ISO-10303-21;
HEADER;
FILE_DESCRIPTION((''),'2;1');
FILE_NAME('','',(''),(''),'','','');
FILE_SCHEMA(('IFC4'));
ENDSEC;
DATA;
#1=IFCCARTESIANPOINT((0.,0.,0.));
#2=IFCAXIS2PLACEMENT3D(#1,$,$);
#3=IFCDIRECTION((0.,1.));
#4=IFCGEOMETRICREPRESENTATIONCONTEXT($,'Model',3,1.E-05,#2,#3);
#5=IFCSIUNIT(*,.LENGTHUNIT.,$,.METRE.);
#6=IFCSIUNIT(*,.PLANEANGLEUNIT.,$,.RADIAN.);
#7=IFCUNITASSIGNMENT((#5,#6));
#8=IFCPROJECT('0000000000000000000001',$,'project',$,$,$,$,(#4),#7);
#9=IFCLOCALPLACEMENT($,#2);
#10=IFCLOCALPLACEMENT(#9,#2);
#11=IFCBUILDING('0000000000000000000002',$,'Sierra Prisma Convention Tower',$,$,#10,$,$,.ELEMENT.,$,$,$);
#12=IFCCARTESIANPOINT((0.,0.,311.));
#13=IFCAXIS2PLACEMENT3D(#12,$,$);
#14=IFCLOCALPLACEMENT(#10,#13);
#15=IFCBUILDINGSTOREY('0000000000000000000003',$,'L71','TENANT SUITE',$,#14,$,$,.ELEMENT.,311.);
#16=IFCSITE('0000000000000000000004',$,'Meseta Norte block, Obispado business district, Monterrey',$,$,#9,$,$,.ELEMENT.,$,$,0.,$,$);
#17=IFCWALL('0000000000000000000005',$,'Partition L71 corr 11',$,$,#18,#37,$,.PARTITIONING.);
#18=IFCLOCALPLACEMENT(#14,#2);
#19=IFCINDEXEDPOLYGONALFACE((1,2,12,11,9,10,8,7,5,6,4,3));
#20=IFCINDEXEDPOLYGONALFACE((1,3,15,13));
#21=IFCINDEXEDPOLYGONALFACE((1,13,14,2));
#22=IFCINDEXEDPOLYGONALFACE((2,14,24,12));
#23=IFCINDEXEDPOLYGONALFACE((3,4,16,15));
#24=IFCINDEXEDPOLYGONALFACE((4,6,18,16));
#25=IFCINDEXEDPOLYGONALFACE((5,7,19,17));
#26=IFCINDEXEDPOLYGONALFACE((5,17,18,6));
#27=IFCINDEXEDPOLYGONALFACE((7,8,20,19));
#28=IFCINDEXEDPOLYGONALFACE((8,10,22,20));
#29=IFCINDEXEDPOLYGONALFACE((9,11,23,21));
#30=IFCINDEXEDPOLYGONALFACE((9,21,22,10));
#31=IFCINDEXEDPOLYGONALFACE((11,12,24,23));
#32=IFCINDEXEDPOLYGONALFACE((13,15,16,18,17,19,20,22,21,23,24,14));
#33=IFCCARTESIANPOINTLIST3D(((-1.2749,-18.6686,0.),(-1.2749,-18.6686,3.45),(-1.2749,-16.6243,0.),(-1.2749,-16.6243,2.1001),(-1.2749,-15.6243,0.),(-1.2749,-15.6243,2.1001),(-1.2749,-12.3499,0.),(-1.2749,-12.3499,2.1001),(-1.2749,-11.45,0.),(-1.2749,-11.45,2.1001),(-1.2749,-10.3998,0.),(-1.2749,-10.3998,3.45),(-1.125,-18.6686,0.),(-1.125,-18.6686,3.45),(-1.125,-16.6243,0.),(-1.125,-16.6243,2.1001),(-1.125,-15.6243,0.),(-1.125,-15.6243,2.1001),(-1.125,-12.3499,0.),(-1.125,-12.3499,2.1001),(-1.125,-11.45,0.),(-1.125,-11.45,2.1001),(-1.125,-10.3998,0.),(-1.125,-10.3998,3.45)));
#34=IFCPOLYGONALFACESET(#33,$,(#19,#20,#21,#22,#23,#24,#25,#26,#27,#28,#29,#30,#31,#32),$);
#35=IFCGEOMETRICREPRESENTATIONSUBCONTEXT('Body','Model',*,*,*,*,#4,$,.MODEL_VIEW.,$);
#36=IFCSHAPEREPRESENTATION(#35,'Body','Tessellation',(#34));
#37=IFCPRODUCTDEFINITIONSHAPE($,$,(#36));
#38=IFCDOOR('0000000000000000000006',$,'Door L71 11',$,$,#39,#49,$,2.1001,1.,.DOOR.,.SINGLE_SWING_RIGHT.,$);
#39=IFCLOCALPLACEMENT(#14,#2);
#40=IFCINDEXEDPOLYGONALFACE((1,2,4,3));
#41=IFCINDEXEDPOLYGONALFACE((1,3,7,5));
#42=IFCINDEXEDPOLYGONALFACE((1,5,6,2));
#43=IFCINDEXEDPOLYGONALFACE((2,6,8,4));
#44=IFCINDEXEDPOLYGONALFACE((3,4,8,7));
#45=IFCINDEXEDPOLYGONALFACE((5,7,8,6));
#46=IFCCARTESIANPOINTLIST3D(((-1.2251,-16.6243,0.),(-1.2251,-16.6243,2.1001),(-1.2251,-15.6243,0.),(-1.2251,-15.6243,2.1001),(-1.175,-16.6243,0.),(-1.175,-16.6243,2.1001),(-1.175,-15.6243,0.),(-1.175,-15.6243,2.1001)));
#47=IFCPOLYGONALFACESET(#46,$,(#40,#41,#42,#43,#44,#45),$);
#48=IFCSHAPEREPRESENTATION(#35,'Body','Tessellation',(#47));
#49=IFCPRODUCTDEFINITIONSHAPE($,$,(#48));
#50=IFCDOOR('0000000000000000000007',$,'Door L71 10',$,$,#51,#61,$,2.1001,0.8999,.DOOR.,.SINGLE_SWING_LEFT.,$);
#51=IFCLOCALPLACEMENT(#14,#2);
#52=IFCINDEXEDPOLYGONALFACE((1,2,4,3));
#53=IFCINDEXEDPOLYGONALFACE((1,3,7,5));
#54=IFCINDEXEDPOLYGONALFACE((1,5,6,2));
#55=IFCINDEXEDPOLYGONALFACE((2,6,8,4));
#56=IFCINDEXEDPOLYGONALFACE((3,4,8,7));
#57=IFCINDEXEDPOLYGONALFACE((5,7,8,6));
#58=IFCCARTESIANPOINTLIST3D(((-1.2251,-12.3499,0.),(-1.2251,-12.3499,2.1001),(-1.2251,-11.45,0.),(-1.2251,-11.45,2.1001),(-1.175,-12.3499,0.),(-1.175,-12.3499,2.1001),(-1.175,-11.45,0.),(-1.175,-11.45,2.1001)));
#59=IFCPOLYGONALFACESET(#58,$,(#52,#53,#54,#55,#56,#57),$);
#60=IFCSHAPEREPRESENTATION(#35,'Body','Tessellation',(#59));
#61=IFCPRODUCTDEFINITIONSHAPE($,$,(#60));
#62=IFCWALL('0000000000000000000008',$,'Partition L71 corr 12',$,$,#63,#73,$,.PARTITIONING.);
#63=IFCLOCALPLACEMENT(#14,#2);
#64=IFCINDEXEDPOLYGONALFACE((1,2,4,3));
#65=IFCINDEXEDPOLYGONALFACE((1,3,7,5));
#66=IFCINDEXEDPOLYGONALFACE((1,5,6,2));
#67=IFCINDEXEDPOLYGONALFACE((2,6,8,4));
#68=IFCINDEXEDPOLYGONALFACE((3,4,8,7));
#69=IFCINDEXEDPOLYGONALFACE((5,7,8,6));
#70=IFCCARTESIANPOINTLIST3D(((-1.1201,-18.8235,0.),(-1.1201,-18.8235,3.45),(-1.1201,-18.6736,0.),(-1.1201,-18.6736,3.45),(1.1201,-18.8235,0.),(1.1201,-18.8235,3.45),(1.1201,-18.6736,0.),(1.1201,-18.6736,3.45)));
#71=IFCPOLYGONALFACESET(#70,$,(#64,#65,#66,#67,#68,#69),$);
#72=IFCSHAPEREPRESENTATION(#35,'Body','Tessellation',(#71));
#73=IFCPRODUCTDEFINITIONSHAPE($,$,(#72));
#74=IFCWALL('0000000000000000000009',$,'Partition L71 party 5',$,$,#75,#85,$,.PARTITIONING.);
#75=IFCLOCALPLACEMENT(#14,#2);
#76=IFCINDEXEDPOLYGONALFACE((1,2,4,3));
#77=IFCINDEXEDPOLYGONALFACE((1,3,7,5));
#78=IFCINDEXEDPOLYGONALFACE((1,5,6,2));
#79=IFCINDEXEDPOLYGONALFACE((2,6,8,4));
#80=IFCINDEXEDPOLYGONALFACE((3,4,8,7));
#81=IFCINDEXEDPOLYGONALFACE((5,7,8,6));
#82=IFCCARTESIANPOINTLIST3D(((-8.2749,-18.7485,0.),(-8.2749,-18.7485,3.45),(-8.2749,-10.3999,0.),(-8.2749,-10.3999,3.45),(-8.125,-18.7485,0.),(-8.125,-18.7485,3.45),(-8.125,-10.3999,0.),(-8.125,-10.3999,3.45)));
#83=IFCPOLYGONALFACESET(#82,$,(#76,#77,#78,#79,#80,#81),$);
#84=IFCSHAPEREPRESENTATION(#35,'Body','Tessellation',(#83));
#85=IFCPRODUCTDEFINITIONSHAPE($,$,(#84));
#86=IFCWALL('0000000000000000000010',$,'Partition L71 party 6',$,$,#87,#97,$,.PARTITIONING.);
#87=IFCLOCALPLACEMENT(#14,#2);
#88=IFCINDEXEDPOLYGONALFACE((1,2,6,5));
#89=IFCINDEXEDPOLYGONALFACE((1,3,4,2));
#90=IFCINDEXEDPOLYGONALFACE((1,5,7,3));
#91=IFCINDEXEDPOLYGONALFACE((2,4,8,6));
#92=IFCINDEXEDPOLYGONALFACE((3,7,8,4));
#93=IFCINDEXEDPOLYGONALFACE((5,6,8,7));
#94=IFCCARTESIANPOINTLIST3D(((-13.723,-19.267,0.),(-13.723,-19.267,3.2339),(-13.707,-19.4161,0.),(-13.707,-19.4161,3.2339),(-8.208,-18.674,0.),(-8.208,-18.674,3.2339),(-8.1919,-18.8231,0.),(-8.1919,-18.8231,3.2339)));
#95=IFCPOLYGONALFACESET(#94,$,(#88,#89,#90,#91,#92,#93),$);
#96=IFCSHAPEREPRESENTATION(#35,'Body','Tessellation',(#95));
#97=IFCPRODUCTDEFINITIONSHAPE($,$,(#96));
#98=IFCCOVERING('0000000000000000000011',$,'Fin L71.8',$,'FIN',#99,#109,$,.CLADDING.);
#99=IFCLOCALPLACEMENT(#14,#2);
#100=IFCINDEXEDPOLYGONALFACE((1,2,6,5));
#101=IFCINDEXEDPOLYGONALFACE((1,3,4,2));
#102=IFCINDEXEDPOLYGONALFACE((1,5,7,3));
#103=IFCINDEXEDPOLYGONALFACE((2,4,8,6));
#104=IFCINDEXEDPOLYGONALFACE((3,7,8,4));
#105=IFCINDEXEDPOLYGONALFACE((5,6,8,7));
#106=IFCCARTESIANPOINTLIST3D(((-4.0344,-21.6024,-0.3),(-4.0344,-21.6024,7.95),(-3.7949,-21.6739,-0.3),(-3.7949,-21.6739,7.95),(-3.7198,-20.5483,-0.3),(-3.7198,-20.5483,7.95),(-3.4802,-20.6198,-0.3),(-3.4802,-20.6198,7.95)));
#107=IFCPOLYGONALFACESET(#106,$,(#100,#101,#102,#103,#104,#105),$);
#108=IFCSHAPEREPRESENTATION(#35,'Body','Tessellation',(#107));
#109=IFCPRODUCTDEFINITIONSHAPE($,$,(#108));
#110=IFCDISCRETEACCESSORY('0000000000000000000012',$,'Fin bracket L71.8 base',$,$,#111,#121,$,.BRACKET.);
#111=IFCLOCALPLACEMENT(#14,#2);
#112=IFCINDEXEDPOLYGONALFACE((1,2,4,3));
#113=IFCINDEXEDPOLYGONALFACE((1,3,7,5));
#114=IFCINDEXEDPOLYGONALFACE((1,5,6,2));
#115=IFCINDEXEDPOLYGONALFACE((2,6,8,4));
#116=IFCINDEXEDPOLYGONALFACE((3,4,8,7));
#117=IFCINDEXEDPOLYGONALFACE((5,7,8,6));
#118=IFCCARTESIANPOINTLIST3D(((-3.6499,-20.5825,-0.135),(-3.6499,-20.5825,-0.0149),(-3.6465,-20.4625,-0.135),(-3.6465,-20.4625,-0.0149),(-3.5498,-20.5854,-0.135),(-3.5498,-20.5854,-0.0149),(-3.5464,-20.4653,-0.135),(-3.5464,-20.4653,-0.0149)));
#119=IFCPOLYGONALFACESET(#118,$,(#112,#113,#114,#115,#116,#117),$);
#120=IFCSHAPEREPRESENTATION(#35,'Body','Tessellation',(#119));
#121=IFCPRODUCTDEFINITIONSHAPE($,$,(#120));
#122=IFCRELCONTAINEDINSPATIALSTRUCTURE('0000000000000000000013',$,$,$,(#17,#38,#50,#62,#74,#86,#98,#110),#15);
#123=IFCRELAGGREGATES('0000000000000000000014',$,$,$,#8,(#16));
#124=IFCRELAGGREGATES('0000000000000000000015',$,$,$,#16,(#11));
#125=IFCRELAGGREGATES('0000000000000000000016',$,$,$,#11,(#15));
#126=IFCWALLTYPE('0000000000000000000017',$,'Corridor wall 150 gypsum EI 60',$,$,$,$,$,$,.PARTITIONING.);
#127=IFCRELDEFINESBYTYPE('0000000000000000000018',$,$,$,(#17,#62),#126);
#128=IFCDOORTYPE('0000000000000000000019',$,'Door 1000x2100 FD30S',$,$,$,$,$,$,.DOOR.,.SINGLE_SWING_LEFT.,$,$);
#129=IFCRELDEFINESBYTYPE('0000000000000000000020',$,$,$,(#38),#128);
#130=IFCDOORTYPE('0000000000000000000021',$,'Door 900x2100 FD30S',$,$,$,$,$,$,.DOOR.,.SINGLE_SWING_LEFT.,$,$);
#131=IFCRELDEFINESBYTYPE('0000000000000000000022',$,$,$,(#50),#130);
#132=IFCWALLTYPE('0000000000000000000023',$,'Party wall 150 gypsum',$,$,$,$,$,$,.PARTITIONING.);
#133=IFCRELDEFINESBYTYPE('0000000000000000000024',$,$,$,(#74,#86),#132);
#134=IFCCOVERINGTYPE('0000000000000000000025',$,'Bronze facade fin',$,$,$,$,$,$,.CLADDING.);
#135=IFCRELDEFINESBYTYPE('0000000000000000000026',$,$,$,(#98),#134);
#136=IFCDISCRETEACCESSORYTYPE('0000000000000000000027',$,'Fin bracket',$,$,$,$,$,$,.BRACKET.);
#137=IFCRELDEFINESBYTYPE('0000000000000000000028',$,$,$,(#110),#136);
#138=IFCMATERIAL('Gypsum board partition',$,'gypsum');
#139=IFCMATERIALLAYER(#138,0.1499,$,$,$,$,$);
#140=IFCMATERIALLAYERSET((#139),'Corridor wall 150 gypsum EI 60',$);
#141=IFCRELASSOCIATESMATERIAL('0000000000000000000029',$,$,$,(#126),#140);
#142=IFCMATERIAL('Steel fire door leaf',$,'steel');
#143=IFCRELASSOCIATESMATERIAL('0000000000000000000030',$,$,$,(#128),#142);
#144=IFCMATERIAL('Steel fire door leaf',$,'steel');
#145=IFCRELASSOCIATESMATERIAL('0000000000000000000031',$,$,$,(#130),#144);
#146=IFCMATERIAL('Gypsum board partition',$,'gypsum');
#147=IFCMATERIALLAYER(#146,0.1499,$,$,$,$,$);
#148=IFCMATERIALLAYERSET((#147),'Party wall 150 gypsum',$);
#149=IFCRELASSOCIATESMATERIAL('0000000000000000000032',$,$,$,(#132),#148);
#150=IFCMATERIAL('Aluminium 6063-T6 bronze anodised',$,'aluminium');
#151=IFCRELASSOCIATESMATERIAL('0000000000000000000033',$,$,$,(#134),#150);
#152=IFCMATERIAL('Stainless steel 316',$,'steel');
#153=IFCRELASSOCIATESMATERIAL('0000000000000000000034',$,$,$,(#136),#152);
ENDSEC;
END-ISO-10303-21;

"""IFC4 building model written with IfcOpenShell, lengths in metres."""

from ifc_helpers import new_model, si_unit, direction, frame, frame_2d, origin, origin_2d, place, context, subcontext, project, spatial, rectangle, extrude, material, layer, layer_set, material_profile, profile_set, type_object, element, fill, save


model = new_model("IFC4")

# Units and contexts
model_context = context("Model", 3, precision=1e-05, world=origin(), true_north=direction((0.0, 1.0)))
body_context = subcontext(model_context, "Body", "Model", "MODEL_VIEW")
ifc_project = project(units=[si_unit("LENGTHUNIT", "METRE"), si_unit("PLANEANGLEUNIT", "RADIAN")], contexts=[model_context])

# Site, building, storey
site_placement = place(None, origin())
site = spatial("IfcSite", under=ifc_project, at=site_placement, Name="Meseta Norte block, Obispado business district, Monterrey", CompositionType="ELEMENT", RefElevation=0.0)
building_placement = place(site_placement, origin())
building = spatial("IfcBuilding", under=site, at=building_placement, Name="Sierra Prisma Convention Tower", CompositionType="ELEMENT")
storey_placement = place(building_placement, frame((0.0, 0.0, 311.0)))
storey = spatial("IfcBuildingStorey", under=building, at=storey_placement, Name="L71", Description="TENANT SUITE", CompositionType="ELEMENT", Elevation=311.0)

# Shared definitions
ifc_material_1 = material(Name="Gypsum board partition", Category="gypsum")
ifc_layer_1 = layer(ifc_material_1, 0.1499)
ifc_layer_set_1 = layer_set([ifc_layer_1], Name="Corridor wall 150 gypsum EI 60")
wall_type_1 = type_object("IfcWallType", Name="Corridor wall 150 gypsum EI 60", PredefinedType="PARTITIONING", material=ifc_layer_set_1)

# Shared definitions
ifc_material_2 = material(Name="Steel fire door leaf", Category="steel")
door_type_1 = type_object("IfcDoorType", Name="Door 1000x2100 FD30S", OperationType="SINGLE_SWING_LEFT", PredefinedType="DOOR", material=ifc_material_2)

# Wall, openings, doors
wall_1_placement = place(storey_placement, frame((-1.2, -10.3999, 0.0), z_axis=(0.0, 0.0, 1.0), x_axis=(0.0, -1.0, 0.0)))
wall_1 = element("IfcWall", 1, at=wall_1_placement, inside=storey, type_object=wall_type_1, Name="Partition L71 corr 11", PredefinedType="PARTITIONING", context=body_context, shape_type="SweptSolid", body=[
    extrude(rectangle(XDim=8.2688, YDim=0.1499, at=frame_2d((4.1343, 0.0))), origin(), (0.0, 0.0, 1.0), 3.45),
])
opening_1_placement = place(wall_1_placement, frame((1.05, 0.0, 0.0)))
opening_1 = element("IfcOpeningElement", 2, at=opening_1_placement, cuts=wall_1, PredefinedType="OPENING", context=body_context, shape_type="SweptSolid", body=[
    extrude(rectangle(XDim=0.8999, YDim=2.1001, at=frame_2d((0.45, 1.05))), frame((0.0, 0.075, 0.0), z_axis=(0.0, -1.0, 0.0), x_axis=(1.0, 0.0, 0.0)), (0.0, 0.0, 1.0), 0.1499),
])
opening_2_placement = place(wall_1_placement, frame((5.2244, 0.0, 0.0)))
opening_2 = element("IfcOpeningElement", 3, at=opening_2_placement, cuts=wall_1, PredefinedType="OPENING", context=body_context, shape_type="SweptSolid", body=[
    extrude(rectangle(XDim=1.0, YDim=2.1001, at=frame_2d((0.5, 1.05))), frame((0.0, 0.075, 0.0), z_axis=(0.0, -1.0, 0.0), x_axis=(1.0, 0.0, 0.0)), (0.0, 0.0, 1.0), 0.1499),
])
door_1_placement = place(opening_2_placement, origin())
door_1 = element("IfcDoor", 4, at=door_1_placement, inside=storey, type_object=door_type_1, Name="Door L71 11", OperationType="SINGLE_SWING_RIGHT", OverallHeight=2.1001, OverallWidth=1.0, PredefinedType="DOOR", context=body_context, shape_type="SweptSolid", body=[
    extrude(rectangle(XDim=1.0, YDim=2.1001, at=frame_2d((0.5, 1.05))), frame((0.0, 0.0249, 0.0), z_axis=(0.0, -1.0, 0.0), x_axis=(1.0, 0.0, 0.0)), (0.0, 0.0, 1.0), 0.05),
])
fill(opening_2, door_1)
ifc_material_3 = material(Name="Steel fire door leaf", Category="steel")
door_type_2 = type_object("IfcDoorType", Name="Door 900x2100 FD30S", OperationType="SINGLE_SWING_LEFT", PredefinedType="DOOR", material=ifc_material_3)
door_2_placement = place(opening_1_placement, origin())
door_2 = element("IfcDoor", 5, at=door_2_placement, inside=storey, type_object=door_type_2, Name="Door L71 10", OperationType="SINGLE_SWING_LEFT", OverallHeight=2.1001, OverallWidth=0.8999, PredefinedType="DOOR", context=body_context, shape_type="SweptSolid", body=[
    extrude(rectangle(XDim=0.8999, YDim=2.1001, at=frame_2d((0.45, 1.05))), frame((0.0, 0.0249, 0.0), z_axis=(0.0, -1.0, 0.0), x_axis=(1.0, 0.0, 0.0)), (0.0, 0.0, 1.0), 0.05),
])
fill(opening_1, door_2)

# Walls
wall_2_placement = place(storey_placement, frame((-1.1201, -18.7485, 0.0), z_axis=(0.0, 0.0, 1.0), x_axis=(1.0, 0.0, 0.0)))
element("IfcWall", 6, at=wall_2_placement, inside=storey, type_object=wall_type_1, Name="Partition L71 corr 12", PredefinedType="PARTITIONING", context=body_context, shape_type="SweptSolid", body=[
    extrude(rectangle(XDim=2.2402, YDim=0.1499, at=frame_2d((1.1201, 0.0))), origin(), (0.0, 0.0, 1.0), 3.45),
])
ifc_material_4 = material(Name="Gypsum board partition", Category="gypsum")
ifc_layer_2 = layer(ifc_material_4, 0.1499)
ifc_layer_set_2 = layer_set([ifc_layer_2], Name="Party wall 150 gypsum")
wall_type_2 = type_object("IfcWallType", Name="Party wall 150 gypsum", PredefinedType="PARTITIONING", material=ifc_layer_set_2)
wall_3_placement = place(storey_placement, frame((-8.2, -10.3999, 0.0), z_axis=(0.0, 0.0, 1.0), x_axis=(0.0, -1.0, 0.0)))
element("IfcWall", 7, at=wall_3_placement, inside=storey, type_object=wall_type_2, Name="Partition L71 party 5", PredefinedType="PARTITIONING", context=body_context, shape_type="SweptSolid", body=[
    extrude(rectangle(XDim=8.3486, YDim=0.1499, at=frame_2d((4.1743, 0.0))), origin(), (0.0, 0.0, 1.0), 3.45),
])
wall_4_placement = place(storey_placement, frame((-8.2, -18.7485, 0.0), z_axis=(0.0, 0.0, 1.0), x_axis=(-0.994269, -0.106909, 0.0)))
element("IfcWall", 8, at=wall_4_placement, inside=storey, type_object=wall_type_2, Name="Partition L71 party 6", PredefinedType="PARTITIONING", context=body_context, shape_type="SweptSolid", body=[
    extrude(rectangle(XDim=5.5469, YDim=0.1499, at=frame_2d((2.7734, 0.0))), origin(), (0.0, 0.0, 1.0), 3.2339),
])

# Covering
ifc_material_5 = material(Name="Aluminium 6063-T6 bronze anodised", Category="aluminium")
ifc_material_profile_1 = material_profile(ifc_material_5, rectangle(XDim=1.1001, YDim=0.25, at=origin_2d()), Name="ALU FIN 1100x250")
ifc_profile_set_1 = profile_set([ifc_material_profile_1], Name="Aluminium 6063-T6 bronze anodised")
covering_type = type_object("IfcCoveringType", Name="Bronze facade fin", PredefinedType="CLADDING", material=ifc_profile_set_1)
covering_placement = place(storey_placement, frame((-3.7573, -21.1111, -0.3), z_axis=(0.0, 0.0, 1.0), x_axis=(-0.285992, -0.958232, 0.0)))
element("IfcCovering", 9, at=covering_placement, inside=storey, type_object=covering_type, Name="Fin L71.8", ObjectType="FIN", PredefinedType="CLADDING", context=body_context, shape_type="SweptSolid", body=[
    extrude(rectangle(XDim=1.1001, YDim=0.25, at=origin_2d()), origin(), (0.0, 0.0, 1.0), 8.25),
])

# Discrete accessory
ifc_material_6 = material(Name="Stainless steel 316", Category="steel")
discrete_accessory_type = type_object("IfcDiscreteAccessoryType", Name="Fin bracket", PredefinedType="BRACKET", material=ifc_material_6)
discrete_accessory_placement = place(storey_placement, frame((-3.5981, -20.5239, -0.135), z_axis=(0.0, 0.0, 1.0), x_axis=(-0.028238, -0.999601, 0.0)))
element("IfcDiscreteAccessory", 10, at=discrete_accessory_placement, inside=storey, type_object=discrete_accessory_type, Name="Fin bracket L71.8 base", PredefinedType="BRACKET", context=body_context, shape_type="SweptSolid", body=[
    extrude(rectangle(XDim=0.1201, YDim=0.1001, at=origin_2d()), origin(), (0.0, 0.0, 1.0), 0.1201),
])

save(model, "model.ifc")
